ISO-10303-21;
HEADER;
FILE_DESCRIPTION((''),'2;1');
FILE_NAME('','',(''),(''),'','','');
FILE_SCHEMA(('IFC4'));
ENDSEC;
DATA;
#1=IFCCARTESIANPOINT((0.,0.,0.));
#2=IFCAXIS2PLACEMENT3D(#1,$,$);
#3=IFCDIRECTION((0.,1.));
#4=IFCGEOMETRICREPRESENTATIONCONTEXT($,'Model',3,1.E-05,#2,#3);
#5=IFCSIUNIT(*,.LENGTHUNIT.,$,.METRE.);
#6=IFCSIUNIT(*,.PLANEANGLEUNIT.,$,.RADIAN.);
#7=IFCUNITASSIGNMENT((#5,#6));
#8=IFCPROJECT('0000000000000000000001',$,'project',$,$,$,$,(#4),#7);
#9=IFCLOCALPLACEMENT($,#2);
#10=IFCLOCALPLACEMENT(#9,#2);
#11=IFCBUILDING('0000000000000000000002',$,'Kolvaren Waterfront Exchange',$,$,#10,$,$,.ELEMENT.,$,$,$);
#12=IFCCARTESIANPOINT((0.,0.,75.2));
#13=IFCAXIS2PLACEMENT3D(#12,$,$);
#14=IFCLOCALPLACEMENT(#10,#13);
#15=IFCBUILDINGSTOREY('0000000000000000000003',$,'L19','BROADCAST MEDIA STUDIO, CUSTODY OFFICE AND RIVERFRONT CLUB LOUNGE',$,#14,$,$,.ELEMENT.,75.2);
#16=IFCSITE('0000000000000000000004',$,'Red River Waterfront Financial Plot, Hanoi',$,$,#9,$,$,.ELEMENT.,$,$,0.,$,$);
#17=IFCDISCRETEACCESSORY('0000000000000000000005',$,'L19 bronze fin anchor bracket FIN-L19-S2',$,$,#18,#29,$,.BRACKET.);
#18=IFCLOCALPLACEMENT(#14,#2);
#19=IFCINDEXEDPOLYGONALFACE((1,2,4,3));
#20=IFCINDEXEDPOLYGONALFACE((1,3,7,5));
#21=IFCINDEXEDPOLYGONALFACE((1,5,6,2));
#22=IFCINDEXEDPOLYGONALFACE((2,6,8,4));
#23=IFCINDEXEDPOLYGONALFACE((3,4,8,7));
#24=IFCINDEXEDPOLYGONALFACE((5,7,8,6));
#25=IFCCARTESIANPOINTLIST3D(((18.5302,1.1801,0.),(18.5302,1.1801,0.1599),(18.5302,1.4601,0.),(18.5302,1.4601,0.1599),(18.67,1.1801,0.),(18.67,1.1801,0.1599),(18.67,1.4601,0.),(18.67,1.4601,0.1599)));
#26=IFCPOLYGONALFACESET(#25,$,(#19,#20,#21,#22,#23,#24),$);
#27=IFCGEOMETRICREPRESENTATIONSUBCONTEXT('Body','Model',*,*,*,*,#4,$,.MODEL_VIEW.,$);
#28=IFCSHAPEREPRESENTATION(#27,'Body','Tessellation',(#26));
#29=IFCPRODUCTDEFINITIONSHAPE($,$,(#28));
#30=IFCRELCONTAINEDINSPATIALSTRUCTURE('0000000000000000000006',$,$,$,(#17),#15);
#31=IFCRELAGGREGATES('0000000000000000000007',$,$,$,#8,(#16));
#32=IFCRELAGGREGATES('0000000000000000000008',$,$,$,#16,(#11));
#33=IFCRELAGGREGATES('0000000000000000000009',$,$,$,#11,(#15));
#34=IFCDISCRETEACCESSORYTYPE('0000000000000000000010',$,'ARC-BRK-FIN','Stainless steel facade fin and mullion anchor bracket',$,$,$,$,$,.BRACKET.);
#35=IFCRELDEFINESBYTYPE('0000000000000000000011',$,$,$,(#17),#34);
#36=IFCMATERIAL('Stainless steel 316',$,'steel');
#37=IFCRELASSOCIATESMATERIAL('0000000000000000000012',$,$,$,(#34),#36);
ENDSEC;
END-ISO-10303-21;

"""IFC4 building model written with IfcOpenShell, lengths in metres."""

from ifc_helpers import new_model, si_unit, direction, frame, origin, origin_with_axes, origin_2d, place, context, subcontext, project, spatial, rectangle, extrude, source, transform, mapped, material, type_object, element, save


model = new_model("IFC4")

# Units and contexts
model_context = context("Model", 3, precision=1e-05, world=origin(), true_north=direction((0.0, 1.0)))
body_context = subcontext(model_context, "Body", "Model", "MODEL_VIEW")
ifc_project = project(units=[si_unit("LENGTHUNIT", "METRE"), si_unit("PLANEANGLEUNIT", "RADIAN")], contexts=[model_context])

# Site, building, storey
site_placement = place(None, origin())
site = spatial("IfcSite", under=ifc_project, at=site_placement, Name="Red River Waterfront Financial Plot, Hanoi", CompositionType="ELEMENT", RefElevation=0.0)
building_placement = place(site_placement, origin())
building = spatial("IfcBuilding", under=site, at=building_placement, Name="Kolvaren Waterfront Exchange", CompositionType="ELEMENT")
storey_placement = place(building_placement, frame((0.0, 0.0, 75.2)))
storey = spatial("IfcBuildingStorey", under=building, at=storey_placement, Name="L19", Description="BROADCAST MEDIA STUDIO, CUSTODY OFFICE AND RIVERFRONT CLUB LOUNGE", CompositionType="ELEMENT", Elevation=75.2)

# Shared definitions
ifc_material_1 = material(Name="Stainless steel 316", Category="steel")

# Discrete accessory
discrete_accessory_type = type_object("IfcDiscreteAccessoryType", Name="ARC-BRK-FIN", Description="Stainless steel facade fin and mullion anchor bracket", PredefinedType="BRACKET", material=ifc_material_1)
shared_shape_1 = source(origin_with_axes(), body_context, "Body", "SweptSolid", [
    extrude(rectangle(XDim=0.28, YDim=0.1399, at=origin_2d()), origin(), (0.0, 0.0, 1.0), 0.1599),
])
for number, where, z_axis, x_axis, name in (
    (1, (18.6001, 1.3201, 0.0), (0.0, 0.0, 1.0), (0.0, -1.0, 0.0), "L19 bronze fin anchor bracket FIN-L19-S2"),
):
    element("IfcDiscreteAccessory", number, at=place(storey_placement, frame(where, z_axis=z_axis, x_axis=x_axis)), inside=storey, type_object=discrete_accessory_type, Name=name, PredefinedType="BRACKET", context=body_context, shape_type="MappedRepresentation", body=[
        mapped(shared_shape_1, transform((0.0, 0.0, 0.0), x_axis=(1.0, 0.0, 0.0), y_axis=(0.0, 1.0, 0.0), z_axis=(0.0, 0.0, 1.0), scale=1.0)),
    ])

save(model, "model.ifc")
